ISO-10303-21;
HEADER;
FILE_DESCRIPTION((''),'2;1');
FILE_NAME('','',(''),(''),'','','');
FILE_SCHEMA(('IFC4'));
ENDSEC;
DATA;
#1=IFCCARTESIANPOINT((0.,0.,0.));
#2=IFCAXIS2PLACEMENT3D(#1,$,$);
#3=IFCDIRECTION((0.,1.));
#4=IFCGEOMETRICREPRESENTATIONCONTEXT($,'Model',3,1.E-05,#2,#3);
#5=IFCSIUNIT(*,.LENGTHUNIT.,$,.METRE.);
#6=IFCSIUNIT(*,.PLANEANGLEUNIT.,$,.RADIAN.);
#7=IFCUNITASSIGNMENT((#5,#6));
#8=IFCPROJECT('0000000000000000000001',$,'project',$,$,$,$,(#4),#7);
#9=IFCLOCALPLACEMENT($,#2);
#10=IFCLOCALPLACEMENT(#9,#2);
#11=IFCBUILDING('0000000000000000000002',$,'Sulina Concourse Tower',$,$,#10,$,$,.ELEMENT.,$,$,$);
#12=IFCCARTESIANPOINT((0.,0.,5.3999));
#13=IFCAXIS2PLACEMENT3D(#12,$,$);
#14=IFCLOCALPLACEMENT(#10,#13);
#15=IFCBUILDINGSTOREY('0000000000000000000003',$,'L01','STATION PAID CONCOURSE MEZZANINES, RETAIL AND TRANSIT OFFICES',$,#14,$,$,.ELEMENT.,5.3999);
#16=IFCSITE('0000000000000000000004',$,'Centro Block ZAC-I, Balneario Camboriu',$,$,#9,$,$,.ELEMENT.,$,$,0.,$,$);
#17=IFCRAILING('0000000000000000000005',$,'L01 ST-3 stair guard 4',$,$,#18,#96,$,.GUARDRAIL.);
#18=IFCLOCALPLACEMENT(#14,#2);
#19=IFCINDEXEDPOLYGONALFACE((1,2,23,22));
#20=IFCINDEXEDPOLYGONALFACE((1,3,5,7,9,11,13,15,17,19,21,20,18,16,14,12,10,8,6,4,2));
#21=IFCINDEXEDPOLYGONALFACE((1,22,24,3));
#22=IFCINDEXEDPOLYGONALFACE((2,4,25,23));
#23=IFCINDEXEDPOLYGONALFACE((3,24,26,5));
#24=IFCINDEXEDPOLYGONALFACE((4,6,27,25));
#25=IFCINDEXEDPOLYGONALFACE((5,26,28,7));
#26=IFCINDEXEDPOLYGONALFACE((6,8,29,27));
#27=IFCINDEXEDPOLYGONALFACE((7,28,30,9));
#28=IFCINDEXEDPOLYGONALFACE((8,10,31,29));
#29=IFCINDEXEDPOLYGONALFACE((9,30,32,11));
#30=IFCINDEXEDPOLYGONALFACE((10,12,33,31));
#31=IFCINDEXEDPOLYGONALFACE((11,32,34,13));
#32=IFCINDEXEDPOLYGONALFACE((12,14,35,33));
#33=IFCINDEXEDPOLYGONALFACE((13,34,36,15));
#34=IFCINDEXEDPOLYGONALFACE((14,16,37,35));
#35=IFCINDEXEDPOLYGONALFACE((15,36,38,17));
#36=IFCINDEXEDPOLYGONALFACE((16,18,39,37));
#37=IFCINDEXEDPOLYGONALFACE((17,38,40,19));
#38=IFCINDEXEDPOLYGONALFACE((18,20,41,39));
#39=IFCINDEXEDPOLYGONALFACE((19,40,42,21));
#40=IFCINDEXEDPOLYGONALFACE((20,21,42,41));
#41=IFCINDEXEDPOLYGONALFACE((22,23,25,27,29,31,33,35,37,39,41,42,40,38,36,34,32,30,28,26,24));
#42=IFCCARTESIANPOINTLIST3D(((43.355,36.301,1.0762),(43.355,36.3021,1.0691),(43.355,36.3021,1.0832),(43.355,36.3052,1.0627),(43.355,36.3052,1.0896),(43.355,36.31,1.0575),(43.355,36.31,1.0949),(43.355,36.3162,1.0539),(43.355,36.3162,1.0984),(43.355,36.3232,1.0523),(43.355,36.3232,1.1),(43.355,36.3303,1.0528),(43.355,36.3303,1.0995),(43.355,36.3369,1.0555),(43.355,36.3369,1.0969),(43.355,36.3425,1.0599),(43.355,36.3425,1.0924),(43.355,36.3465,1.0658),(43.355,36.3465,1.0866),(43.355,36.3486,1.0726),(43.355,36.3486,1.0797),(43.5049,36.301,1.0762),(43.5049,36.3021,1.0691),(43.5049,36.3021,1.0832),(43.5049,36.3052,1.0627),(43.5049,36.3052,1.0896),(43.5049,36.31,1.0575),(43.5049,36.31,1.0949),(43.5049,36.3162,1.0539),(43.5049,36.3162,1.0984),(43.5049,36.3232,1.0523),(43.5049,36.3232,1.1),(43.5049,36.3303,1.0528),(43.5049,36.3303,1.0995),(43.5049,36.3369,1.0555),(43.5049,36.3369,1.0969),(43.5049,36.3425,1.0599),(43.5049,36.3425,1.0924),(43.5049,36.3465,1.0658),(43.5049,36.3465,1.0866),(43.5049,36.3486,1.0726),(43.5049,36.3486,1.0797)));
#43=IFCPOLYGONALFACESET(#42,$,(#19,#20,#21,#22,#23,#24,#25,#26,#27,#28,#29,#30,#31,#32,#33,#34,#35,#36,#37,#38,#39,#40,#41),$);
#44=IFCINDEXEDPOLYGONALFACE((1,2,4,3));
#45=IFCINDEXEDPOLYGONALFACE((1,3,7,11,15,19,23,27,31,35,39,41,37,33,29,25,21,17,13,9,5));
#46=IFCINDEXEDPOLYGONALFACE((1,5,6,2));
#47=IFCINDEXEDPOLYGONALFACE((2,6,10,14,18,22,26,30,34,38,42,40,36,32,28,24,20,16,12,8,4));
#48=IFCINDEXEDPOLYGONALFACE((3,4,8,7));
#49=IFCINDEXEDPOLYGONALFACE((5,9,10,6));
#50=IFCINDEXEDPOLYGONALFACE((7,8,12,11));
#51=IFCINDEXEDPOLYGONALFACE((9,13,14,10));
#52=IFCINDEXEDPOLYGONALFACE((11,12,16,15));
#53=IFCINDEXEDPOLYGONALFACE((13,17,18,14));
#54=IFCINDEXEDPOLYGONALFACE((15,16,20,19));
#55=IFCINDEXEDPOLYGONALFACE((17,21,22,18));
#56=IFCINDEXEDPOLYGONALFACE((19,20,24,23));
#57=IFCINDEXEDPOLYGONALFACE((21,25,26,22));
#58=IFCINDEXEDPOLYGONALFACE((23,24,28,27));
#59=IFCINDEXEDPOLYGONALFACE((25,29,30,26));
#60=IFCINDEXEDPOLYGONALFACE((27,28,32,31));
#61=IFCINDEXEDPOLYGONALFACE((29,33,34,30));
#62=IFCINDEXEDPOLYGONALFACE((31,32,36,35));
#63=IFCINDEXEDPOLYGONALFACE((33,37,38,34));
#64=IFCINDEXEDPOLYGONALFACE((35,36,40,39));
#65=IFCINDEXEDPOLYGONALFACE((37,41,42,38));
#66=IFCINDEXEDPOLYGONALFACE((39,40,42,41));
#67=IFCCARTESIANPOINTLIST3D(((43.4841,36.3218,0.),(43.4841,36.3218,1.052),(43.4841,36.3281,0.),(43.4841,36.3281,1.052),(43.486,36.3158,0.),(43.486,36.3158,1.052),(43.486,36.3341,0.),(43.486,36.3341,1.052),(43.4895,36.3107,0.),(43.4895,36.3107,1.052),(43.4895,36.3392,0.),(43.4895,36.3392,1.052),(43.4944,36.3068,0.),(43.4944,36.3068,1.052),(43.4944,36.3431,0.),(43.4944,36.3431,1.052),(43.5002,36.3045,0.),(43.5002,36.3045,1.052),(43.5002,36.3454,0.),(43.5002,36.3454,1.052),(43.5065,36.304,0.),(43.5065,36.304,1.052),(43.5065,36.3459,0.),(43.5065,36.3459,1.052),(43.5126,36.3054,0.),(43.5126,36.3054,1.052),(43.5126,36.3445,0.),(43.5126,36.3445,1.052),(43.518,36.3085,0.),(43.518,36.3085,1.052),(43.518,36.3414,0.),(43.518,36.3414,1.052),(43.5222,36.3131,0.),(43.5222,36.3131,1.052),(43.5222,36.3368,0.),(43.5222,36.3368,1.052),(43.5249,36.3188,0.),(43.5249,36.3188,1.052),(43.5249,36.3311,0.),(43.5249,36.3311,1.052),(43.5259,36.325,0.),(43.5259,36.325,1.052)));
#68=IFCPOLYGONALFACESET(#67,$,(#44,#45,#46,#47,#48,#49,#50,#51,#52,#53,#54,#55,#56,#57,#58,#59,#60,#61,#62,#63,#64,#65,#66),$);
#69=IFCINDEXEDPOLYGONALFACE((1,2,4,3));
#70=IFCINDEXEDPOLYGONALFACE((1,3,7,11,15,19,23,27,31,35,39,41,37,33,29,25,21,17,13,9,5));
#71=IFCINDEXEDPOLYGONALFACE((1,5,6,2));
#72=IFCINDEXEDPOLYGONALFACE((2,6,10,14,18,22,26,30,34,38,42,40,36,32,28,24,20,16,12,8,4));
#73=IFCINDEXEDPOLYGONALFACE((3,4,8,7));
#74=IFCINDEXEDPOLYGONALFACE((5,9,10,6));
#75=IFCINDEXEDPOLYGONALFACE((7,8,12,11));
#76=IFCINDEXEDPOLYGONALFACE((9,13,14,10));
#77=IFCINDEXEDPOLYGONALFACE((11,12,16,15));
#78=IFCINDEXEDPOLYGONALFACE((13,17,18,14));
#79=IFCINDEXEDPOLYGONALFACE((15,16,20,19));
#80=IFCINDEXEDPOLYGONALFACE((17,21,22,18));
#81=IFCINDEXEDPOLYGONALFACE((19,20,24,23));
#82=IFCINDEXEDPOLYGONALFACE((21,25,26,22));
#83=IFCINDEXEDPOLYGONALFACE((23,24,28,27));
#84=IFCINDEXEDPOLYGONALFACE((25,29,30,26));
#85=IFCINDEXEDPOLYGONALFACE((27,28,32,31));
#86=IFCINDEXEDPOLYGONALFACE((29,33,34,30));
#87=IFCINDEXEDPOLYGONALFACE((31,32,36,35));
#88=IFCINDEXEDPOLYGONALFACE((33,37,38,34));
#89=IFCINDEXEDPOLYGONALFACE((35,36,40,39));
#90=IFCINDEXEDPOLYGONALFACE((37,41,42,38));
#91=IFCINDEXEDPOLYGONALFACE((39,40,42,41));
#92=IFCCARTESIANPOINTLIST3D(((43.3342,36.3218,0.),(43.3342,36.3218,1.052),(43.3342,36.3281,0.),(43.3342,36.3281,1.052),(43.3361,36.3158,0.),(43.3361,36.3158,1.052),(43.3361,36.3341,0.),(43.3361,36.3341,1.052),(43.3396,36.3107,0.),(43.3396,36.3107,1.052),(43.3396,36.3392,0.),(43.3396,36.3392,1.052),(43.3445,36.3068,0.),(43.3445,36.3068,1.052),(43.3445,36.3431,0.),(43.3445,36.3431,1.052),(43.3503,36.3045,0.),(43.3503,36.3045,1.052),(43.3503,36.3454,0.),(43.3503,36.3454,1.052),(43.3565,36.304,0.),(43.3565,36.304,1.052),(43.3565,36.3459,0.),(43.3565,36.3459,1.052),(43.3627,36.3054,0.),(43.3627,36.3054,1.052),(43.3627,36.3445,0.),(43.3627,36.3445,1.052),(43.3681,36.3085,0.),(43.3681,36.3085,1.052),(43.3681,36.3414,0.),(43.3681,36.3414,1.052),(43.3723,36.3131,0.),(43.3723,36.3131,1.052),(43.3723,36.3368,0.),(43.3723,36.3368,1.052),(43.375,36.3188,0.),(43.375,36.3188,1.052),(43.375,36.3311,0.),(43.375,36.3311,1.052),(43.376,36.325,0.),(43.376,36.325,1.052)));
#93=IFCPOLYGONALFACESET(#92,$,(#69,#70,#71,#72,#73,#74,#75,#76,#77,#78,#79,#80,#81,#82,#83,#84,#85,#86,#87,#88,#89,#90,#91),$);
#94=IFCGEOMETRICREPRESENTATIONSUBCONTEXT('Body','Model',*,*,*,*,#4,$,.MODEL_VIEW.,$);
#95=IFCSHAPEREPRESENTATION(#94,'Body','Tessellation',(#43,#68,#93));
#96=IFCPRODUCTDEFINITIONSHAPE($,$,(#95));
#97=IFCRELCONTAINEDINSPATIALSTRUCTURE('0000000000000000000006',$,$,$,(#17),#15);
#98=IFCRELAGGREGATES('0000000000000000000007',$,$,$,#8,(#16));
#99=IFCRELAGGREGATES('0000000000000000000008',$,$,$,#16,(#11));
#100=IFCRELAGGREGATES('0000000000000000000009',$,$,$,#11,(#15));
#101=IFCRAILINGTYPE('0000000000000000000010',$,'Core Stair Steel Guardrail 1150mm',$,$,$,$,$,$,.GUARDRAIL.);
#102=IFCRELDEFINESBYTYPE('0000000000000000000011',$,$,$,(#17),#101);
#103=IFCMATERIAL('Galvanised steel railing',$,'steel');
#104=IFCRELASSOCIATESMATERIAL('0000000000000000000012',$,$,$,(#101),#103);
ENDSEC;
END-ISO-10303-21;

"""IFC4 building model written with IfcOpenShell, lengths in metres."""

from ifc_helpers import new_model, si_unit, direction, frame, origin, origin_2d, place, context, subcontext, project, spatial, circle, extrude, material, type_object, element, save


model = new_model("IFC4")

# Units and contexts
model_context = context("Model", 3, precision=1e-05, world=origin(), true_north=direction((0.0, 1.0)))
body_context = subcontext(model_context, "Body", "Model", "MODEL_VIEW")
ifc_project = project(units=[si_unit("LENGTHUNIT", "METRE"), si_unit("PLANEANGLEUNIT", "RADIAN")], contexts=[model_context])

# Site, building, storey
site_placement = place(None, origin())
site = spatial("IfcSite", under=ifc_project, at=site_placement, Name="Centro Block ZAC-I, Balneario Camboriu", CompositionType="ELEMENT", RefElevation=0.0)
building_placement = place(site_placement, origin())
building = spatial("IfcBuilding", under=site, at=building_placement, Name="Sulina Concourse Tower", CompositionType="ELEMENT")
storey_placement = place(building_placement, frame((0.0, 0.0, 5.3999)))
storey = spatial("IfcBuildingStorey", under=building, at=storey_placement, Name="L01", Description="STATION PAID CONCOURSE MEZZANINES, RETAIL AND TRANSIT OFFICES", CompositionType="ELEMENT", Elevation=5.3999)

# Railing
ifc_material_1 = material(Name="Galvanised steel railing", Category="steel")
railing_type_1 = type_object("IfcRailingType", Name="Core Stair Steel Guardrail 1150mm", PredefinedType="GUARDRAIL", material=ifc_material_1)
railing_1_placement = place(storey_placement, frame((43.5049, 36.325, 0.0)))
element("IfcRailing", 1, at=railing_1_placement, inside=storey, type_object=railing_type_1, Name="L01 ST-3 stair guard 4", PredefinedType="GUARDRAIL", context=body_context, shape_type="SweptSolid", body=[
    extrude(circle(Radius=0.0239, at=origin_2d()), frame((0.0, 0.0, 1.0762), z_axis=(-1.0, 0.0, 0.0), x_axis=(0.0, -1.0, 0.0)), (0.0, 0.0, 1.0), 0.1499),
    extrude(circle(Radius=0.021, at=origin_2d()), origin(), (0.0, 0.0, 1.0), 1.052),
    extrude(circle(Radius=0.021, at=origin_2d()), frame((-0.1499, 0.0, 0.0)), (0.0, 0.0, 1.0), 1.052),
])

save(model, "model.ifc")
